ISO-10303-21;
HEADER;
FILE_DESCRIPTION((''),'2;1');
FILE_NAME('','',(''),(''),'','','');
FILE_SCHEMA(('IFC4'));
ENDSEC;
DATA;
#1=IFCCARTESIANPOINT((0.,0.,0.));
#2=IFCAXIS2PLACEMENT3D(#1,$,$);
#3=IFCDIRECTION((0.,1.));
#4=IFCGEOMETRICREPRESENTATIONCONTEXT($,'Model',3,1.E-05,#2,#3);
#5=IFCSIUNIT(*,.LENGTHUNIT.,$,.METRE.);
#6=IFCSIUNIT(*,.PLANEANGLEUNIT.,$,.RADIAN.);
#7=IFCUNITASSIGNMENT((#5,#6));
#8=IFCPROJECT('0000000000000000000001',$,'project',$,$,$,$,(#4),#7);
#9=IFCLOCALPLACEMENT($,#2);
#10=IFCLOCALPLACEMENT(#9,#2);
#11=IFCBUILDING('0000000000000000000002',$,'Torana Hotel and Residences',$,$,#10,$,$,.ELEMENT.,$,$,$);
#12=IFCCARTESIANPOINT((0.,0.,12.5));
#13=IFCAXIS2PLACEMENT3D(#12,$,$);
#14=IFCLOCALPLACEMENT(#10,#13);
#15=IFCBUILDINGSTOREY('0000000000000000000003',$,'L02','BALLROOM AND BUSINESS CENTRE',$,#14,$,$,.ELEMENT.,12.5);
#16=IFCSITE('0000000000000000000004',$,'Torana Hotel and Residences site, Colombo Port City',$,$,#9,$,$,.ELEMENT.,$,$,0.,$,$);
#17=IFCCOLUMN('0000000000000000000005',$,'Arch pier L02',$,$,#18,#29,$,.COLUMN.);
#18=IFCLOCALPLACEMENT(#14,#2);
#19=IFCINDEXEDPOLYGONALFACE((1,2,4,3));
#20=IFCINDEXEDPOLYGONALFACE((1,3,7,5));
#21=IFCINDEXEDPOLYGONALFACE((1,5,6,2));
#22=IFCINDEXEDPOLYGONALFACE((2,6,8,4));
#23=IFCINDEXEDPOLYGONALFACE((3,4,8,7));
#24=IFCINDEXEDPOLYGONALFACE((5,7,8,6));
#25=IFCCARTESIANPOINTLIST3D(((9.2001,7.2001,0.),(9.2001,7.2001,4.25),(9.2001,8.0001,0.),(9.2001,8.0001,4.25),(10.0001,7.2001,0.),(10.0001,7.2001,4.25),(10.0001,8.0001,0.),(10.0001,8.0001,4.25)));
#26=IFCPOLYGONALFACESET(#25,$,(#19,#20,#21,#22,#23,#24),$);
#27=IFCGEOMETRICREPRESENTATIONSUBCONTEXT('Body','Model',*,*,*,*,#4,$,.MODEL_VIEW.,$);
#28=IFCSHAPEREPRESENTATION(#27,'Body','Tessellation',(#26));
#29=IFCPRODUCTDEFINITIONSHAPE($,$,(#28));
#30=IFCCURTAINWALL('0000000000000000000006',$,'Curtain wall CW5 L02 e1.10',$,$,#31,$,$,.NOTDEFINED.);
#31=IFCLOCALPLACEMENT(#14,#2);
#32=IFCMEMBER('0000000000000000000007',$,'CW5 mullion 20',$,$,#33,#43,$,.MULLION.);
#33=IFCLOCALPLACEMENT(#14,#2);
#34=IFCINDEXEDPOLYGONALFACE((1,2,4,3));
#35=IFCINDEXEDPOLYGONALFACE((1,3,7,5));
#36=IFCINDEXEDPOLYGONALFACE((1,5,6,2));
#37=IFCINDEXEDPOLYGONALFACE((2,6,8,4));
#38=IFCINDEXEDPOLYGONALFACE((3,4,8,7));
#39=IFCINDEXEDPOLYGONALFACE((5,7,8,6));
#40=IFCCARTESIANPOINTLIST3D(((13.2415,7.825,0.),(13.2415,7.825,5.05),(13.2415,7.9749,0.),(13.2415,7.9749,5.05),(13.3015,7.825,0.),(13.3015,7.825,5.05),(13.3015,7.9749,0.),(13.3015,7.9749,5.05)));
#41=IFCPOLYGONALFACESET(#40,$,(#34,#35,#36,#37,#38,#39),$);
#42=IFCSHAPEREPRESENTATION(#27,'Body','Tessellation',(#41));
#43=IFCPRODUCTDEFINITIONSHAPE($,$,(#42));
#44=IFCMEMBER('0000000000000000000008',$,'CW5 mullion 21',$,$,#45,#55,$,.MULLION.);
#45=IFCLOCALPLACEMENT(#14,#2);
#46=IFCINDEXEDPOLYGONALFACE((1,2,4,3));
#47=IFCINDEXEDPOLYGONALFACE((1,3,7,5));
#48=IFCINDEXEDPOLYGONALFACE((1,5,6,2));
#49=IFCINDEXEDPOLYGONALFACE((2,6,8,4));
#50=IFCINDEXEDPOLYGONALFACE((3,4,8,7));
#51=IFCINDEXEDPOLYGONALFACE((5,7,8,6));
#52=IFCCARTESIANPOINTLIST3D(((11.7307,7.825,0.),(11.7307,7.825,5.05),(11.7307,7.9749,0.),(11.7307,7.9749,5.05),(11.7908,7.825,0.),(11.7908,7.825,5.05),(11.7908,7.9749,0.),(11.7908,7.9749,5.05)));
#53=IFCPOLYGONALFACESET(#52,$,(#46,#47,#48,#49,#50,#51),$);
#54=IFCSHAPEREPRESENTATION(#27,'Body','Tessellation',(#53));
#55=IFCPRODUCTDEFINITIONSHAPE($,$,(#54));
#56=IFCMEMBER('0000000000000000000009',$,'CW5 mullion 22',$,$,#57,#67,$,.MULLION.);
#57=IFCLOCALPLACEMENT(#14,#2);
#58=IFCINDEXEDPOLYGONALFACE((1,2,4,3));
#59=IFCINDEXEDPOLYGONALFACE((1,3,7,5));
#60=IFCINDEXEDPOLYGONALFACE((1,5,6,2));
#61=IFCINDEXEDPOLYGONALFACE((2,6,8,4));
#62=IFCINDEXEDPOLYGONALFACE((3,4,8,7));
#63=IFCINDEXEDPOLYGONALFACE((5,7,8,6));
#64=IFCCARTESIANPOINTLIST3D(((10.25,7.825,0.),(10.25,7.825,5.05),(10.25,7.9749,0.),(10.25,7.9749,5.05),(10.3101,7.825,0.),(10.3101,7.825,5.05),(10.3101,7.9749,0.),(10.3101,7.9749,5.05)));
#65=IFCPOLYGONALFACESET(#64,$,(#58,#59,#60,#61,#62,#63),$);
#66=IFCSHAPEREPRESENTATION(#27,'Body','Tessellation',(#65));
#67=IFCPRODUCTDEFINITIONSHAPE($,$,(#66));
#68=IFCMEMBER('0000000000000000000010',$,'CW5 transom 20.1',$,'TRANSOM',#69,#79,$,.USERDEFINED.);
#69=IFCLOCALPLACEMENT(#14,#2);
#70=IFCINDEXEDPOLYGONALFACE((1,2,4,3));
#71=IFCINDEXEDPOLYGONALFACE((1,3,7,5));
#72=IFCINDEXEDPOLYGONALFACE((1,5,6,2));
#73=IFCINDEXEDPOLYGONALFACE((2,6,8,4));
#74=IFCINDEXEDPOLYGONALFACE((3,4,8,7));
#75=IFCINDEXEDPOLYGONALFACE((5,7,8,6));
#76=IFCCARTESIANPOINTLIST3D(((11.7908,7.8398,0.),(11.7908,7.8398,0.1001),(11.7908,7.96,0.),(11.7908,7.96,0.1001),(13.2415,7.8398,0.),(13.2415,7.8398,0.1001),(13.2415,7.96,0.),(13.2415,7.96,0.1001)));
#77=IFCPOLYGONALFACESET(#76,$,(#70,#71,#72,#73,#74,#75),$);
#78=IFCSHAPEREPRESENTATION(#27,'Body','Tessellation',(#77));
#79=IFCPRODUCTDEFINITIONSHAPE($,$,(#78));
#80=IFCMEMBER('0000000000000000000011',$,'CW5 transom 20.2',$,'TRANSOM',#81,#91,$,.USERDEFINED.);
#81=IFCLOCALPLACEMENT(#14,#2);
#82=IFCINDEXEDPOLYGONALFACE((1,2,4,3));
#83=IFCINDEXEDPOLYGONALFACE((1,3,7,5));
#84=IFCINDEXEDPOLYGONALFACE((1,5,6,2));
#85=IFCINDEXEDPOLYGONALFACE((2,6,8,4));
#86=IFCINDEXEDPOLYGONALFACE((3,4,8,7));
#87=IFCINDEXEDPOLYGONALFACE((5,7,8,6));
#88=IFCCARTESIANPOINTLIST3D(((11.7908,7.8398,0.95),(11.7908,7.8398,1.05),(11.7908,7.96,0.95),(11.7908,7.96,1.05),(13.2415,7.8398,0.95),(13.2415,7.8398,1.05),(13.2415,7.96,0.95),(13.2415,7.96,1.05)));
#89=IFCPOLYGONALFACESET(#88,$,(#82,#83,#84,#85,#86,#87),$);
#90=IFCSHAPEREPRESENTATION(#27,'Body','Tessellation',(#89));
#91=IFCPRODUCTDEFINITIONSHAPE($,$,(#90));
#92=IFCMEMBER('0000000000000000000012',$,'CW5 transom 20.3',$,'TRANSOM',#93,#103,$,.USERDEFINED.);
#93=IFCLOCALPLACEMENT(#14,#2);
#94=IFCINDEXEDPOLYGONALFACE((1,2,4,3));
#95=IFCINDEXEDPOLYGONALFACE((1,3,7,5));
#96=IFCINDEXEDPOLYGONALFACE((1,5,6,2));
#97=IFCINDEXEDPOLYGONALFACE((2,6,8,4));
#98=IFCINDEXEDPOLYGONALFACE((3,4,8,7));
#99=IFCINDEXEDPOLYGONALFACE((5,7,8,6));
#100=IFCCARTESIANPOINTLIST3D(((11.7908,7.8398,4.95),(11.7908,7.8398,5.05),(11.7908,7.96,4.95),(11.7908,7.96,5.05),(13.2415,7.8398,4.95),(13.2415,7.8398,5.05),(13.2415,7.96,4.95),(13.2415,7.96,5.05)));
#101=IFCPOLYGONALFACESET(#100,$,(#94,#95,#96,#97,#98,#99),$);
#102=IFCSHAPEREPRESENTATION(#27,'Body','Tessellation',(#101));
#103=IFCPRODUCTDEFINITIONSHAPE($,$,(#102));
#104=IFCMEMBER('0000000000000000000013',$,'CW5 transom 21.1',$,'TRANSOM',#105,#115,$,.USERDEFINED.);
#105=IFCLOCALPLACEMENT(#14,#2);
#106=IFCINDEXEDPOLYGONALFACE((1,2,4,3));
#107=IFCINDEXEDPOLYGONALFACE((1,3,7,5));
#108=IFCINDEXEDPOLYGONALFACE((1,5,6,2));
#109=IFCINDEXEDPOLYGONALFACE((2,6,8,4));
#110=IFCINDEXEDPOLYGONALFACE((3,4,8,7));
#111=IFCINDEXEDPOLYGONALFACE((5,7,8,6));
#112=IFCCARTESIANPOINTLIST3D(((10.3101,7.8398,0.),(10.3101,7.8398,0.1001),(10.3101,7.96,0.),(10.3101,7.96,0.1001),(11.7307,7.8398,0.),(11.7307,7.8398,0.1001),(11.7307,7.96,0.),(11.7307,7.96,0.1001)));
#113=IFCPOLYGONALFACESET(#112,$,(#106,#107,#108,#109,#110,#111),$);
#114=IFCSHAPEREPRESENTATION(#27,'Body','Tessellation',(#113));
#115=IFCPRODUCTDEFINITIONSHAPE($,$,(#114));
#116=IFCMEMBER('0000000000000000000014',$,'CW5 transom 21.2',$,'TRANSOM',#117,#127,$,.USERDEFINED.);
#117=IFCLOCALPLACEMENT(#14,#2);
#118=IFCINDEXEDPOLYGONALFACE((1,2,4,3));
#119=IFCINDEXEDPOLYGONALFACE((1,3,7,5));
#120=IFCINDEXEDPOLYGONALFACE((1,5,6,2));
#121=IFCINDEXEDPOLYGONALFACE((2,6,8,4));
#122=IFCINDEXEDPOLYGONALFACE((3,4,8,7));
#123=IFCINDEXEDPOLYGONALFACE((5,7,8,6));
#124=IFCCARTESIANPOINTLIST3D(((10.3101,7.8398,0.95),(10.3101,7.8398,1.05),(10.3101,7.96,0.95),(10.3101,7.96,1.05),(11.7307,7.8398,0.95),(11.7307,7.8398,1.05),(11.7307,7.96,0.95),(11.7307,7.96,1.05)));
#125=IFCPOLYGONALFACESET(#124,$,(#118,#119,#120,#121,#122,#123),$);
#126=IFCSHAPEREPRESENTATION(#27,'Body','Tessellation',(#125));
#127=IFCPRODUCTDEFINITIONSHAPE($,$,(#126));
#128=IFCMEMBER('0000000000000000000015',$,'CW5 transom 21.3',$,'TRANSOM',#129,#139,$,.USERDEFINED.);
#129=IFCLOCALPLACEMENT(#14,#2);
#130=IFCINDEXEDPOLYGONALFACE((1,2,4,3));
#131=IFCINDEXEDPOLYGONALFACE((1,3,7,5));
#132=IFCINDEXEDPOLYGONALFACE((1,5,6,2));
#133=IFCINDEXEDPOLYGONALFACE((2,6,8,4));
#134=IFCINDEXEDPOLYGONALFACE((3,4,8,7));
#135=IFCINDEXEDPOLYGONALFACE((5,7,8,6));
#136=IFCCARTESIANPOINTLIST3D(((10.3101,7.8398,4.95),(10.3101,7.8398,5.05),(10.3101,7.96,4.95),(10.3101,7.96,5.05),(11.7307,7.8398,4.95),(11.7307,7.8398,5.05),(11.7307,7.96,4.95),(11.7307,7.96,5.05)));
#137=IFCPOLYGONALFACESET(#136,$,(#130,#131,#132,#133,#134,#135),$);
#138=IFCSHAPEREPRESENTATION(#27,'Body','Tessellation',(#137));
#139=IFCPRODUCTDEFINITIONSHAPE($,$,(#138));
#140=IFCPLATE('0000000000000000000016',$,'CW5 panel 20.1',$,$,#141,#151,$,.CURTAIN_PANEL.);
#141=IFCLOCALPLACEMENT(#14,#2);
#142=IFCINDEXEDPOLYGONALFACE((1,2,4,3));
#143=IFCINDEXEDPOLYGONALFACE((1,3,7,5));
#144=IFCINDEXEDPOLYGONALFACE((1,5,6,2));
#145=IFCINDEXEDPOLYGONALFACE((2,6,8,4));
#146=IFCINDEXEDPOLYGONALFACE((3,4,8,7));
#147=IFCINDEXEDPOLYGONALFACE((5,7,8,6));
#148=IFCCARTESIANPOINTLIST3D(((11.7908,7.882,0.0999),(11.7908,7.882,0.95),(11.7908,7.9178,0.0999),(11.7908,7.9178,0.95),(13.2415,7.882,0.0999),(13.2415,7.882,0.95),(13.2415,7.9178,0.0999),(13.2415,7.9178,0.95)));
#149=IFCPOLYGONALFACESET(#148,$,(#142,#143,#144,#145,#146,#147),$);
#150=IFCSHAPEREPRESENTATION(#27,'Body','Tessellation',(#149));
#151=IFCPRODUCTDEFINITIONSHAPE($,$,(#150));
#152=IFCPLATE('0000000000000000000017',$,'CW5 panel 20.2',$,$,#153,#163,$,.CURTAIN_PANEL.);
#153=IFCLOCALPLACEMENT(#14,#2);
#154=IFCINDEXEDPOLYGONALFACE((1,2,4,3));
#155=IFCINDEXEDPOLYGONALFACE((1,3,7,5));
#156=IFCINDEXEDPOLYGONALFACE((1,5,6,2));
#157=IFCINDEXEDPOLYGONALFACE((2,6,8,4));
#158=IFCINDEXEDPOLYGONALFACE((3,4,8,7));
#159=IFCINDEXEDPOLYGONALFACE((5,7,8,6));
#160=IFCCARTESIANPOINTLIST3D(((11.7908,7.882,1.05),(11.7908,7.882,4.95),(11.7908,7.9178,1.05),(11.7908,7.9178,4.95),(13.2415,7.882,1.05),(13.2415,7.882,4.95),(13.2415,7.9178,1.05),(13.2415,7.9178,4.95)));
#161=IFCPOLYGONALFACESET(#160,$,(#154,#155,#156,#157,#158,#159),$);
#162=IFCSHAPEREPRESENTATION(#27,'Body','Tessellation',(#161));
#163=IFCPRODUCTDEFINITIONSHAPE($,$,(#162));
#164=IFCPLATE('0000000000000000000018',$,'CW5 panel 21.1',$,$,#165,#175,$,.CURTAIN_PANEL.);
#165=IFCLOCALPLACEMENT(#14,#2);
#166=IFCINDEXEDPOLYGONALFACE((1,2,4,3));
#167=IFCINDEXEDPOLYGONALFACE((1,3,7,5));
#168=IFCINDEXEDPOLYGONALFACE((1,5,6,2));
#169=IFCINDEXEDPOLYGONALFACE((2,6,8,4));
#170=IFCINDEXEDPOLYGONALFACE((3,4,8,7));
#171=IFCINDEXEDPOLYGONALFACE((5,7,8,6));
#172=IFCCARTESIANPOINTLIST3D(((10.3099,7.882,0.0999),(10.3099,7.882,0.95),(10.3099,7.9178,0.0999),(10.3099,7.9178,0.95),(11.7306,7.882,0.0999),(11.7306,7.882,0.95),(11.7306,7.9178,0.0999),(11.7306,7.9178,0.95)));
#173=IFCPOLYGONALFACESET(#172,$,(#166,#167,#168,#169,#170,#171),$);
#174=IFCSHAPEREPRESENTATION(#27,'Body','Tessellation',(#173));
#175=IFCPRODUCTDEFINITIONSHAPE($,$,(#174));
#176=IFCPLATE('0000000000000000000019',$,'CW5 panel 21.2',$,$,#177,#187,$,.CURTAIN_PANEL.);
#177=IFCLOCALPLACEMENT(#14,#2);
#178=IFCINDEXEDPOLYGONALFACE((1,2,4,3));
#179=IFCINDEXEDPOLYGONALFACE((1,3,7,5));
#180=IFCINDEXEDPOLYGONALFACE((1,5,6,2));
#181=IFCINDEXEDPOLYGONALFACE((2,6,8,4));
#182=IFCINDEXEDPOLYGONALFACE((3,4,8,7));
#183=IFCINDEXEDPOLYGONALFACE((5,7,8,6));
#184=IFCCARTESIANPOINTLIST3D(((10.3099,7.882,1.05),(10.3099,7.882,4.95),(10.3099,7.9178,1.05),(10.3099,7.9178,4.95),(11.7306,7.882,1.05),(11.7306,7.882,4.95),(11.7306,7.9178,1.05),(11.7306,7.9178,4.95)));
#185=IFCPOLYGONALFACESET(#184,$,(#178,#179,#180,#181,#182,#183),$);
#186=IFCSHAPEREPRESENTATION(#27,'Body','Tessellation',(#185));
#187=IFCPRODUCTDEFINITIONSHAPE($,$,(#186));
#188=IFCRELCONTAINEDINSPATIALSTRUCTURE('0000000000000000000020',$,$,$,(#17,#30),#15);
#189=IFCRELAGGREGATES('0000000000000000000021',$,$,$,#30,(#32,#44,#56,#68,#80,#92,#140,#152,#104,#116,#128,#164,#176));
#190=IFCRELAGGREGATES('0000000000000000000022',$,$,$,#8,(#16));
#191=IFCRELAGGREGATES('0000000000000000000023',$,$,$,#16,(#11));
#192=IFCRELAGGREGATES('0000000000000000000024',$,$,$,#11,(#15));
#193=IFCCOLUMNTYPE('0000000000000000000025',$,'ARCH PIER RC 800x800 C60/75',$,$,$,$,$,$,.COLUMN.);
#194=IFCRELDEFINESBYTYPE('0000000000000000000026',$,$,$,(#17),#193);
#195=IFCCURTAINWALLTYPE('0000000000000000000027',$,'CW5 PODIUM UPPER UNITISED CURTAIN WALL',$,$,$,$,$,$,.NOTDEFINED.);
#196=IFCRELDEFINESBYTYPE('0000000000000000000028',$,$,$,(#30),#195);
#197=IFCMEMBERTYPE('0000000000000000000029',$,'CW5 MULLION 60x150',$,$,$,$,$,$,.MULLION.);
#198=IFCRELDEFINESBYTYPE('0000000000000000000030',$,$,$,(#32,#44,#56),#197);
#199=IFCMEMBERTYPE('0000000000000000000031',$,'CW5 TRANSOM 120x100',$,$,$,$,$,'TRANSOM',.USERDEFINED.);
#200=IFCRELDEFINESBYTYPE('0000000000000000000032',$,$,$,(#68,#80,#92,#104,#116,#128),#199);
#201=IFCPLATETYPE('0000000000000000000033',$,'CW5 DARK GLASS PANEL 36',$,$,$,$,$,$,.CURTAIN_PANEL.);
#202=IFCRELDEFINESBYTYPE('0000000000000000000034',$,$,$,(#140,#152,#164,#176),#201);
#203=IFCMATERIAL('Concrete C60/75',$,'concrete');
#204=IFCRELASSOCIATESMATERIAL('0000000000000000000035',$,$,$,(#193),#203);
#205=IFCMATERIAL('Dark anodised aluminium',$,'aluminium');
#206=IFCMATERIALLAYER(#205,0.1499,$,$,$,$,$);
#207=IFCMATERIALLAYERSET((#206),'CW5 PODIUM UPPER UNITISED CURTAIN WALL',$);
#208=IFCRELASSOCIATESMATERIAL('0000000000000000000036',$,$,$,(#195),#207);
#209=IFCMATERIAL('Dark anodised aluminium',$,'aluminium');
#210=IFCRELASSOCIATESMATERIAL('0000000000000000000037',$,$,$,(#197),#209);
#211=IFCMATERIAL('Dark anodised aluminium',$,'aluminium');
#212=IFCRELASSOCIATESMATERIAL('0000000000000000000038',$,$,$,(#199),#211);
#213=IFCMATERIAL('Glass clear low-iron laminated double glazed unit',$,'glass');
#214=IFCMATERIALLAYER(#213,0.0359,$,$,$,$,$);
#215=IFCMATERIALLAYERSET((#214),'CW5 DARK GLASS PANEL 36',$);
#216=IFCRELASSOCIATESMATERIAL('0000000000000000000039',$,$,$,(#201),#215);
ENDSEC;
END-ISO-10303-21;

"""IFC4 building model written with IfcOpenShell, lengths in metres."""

from ifc_helpers import new_model, si_unit, direction, frame, origin, origin_2d, place, context, subcontext, project, spatial, rectangle, extrude, material, layer, layer_set, material_profile, profile_set, type_object, element, aggregate, save


model = new_model("IFC4")

# Units and contexts
model_context = context("Model", 3, precision=1e-05, world=origin(), true_north=direction((0.0, 1.0)))
body_context = subcontext(model_context, "Body", "Model", "MODEL_VIEW")
ifc_project = project(units=[si_unit("LENGTHUNIT", "METRE"), si_unit("PLANEANGLEUNIT", "RADIAN")], contexts=[model_context])

# Site, building, storey
site_placement = place(None, origin())
site = spatial("IfcSite", under=ifc_project, at=site_placement, Name="Torana Hotel and Residences site, Colombo Port City", CompositionType="ELEMENT", RefElevation=0.0)
building_placement = place(site_placement, origin())
building = spatial("IfcBuilding", under=site, at=building_placement, Name="Torana Hotel and Residences", CompositionType="ELEMENT")
storey_placement = place(building_placement, frame((0.0, 0.0, 12.5)))
storey = spatial("IfcBuildingStorey", under=building, at=storey_placement, Name="L02", Description="BALLROOM AND BUSINESS CENTRE", CompositionType="ELEMENT", Elevation=12.5)

# Column
ifc_material_1 = material(Name="Concrete C60/75", Category="concrete")
ifc_material_profile_1 = material_profile(ifc_material_1, rectangle(XDim=0.8, YDim=0.8, at=origin_2d()), Name="RC 800x800")
ifc_profile_set_1 = profile_set([ifc_material_profile_1], Name="Concrete C60/75")
column_type = type_object("IfcColumnType", Name="ARCH PIER RC 800x800 C60/75", PredefinedType="COLUMN", material=ifc_profile_set_1)
column_placement = place(storey_placement, frame((9.6001, 7.6001, 0.0), z_axis=(0.0, 0.0, 1.0), x_axis=(1.0, 0.0, 0.0)))
element("IfcColumn", 1, at=column_placement, inside=storey, type_object=column_type, Name="Arch pier L02", PredefinedType="COLUMN", context=body_context, shape_type="SweptSolid", body=[
    extrude(rectangle(XDim=0.8, YDim=0.8, at=origin_2d()), origin(), (0.0, 0.0, 1.0), 4.25),
])

# Curtain wall, members, plates
ifc_material_2 = material(Name="Dark anodised aluminium", Category="aluminium")
ifc_layer_1 = layer(ifc_material_2, 0.1499)
ifc_layer_set_1 = layer_set([ifc_layer_1], Name="CW5 PODIUM UPPER UNITISED CURTAIN WALL")
curtain_wall_type = type_object("IfcCurtainWallType", Name="CW5 PODIUM UPPER UNITISED CURTAIN WALL", PredefinedType="NOTDEFINED", material=ifc_layer_set_1)
curtain_wall_placement = place(storey_placement, origin())
curtain_wall = element("IfcCurtainWall", 2, at=curtain_wall_placement, inside=storey, type_object=curtain_wall_type, Name="Curtain wall CW5 L02 e1.10", PredefinedType="NOTDEFINED")
ifc_material_3 = material(Name="Dark anodised aluminium", Category="aluminium")
ifc_material_profile_2 = material_profile(ifc_material_3, rectangle(XDim=0.1499, YDim=0.0601, at=origin_2d()), Name="CW5 MULLION 60x150")
ifc_profile_set_2 = profile_set([ifc_material_profile_2], Name="Dark anodised aluminium")
member_type_1 = type_object("IfcMemberType", Name="CW5 MULLION 60x150", PredefinedType="MULLION", material=ifc_profile_set_2)
member_1_placement = place(storey_placement, frame((13.2715, 7.8999, 0.0), z_axis=(0.0, 0.0, 1.0), x_axis=(0.0, -1.0, 0.0)))
member_1 = element("IfcMember", 3, at=member_1_placement, type_object=member_type_1, Name="CW5 mullion 20", PredefinedType="MULLION", context=body_context, shape_type="SweptSolid", body=[
    extrude(rectangle(XDim=0.1499, YDim=0.0601, at=origin_2d()), origin(), (0.0, 0.0, 1.0), 5.05),
])
member_2_placement = place(storey_placement, frame((11.7607, 7.8999, 0.0), z_axis=(0.0, 0.0, 1.0), x_axis=(0.0, -1.0, 0.0)))
member_2 = element("IfcMember", 4, at=member_2_placement, type_object=member_type_1, Name="CW5 mullion 21", PredefinedType="MULLION", context=body_context, shape_type="SweptSolid", body=[
    extrude(rectangle(XDim=0.1499, YDim=0.0601, at=origin_2d()), origin(), (0.0, 0.0, 1.0), 5.05),
])
member_3_placement = place(storey_placement, frame((10.28, 7.8999, 0.0), z_axis=(0.0, 0.0, 1.0), x_axis=(0.0, -1.0, 0.0)))
member_3 = element("IfcMember", 5, at=member_3_placement, type_object=member_type_1, Name="CW5 mullion 22", PredefinedType="MULLION", context=body_context, shape_type="SweptSolid", body=[
    extrude(rectangle(XDim=0.1499, YDim=0.0601, at=origin_2d()), origin(), (0.0, 0.0, 1.0), 5.05),
])
ifc_material_4 = material(Name="Dark anodised aluminium", Category="aluminium")
ifc_material_profile_3 = material_profile(ifc_material_4, rectangle(XDim=0.1201, YDim=0.1001, at=origin_2d()), Name="CW5 TRANSOM 120x100")
ifc_profile_set_3 = profile_set([ifc_material_profile_3], Name="Dark anodised aluminium")
member_type_2 = type_object("IfcMemberType", Name="CW5 TRANSOM 120x100", ElementType="TRANSOM", PredefinedType="USERDEFINED", material=ifc_profile_set_3)
member_4_placement = place(storey_placement, frame((13.2415, 7.8999, 0.05), z_axis=(-1.0, 0.0, 0.0), x_axis=(0.0, -1.0, 0.0)))
member_4 = element("IfcMember", 6, at=member_4_placement, type_object=member_type_2, Name="CW5 transom 20.1", ObjectType="TRANSOM", PredefinedType="USERDEFINED", context=body_context, shape_type="SweptSolid", body=[
    extrude(rectangle(XDim=0.1201, YDim=0.1001, at=origin_2d()), origin(), (0.0, 0.0, 1.0), 1.4507),
])
member_5_placement = place(storey_placement, frame((13.2415, 7.8999, 1.0), z_axis=(-1.0, 0.0, 0.0), x_axis=(0.0, -1.0, 0.0)))
member_5 = element("IfcMember", 7, at=member_5_placement, type_object=member_type_2, Name="CW5 transom 20.2", ObjectType="TRANSOM", PredefinedType="USERDEFINED", context=body_context, shape_type="SweptSolid", body=[
    extrude(rectangle(XDim=0.1201, YDim=0.1001, at=origin_2d()), origin(), (0.0, 0.0, 1.0), 1.4507),
])
member_6_placement = place(storey_placement, frame((13.2415, 7.8999, 5.0), z_axis=(-1.0, 0.0, 0.0), x_axis=(0.0, -1.0, 0.0)))
member_6 = element("IfcMember", 8, at=member_6_placement, type_object=member_type_2, Name="CW5 transom 20.3", ObjectType="TRANSOM", PredefinedType="USERDEFINED", context=body_context, shape_type="SweptSolid", body=[
    extrude(rectangle(XDim=0.1201, YDim=0.1001, at=origin_2d()), origin(), (0.0, 0.0, 1.0), 1.4507),
])
member_7_placement = place(storey_placement, frame((11.7307, 7.8999, 0.05), z_axis=(-1.0, 0.0, 0.0), x_axis=(0.0, -1.0, 0.0)))
member_7 = element("IfcMember", 9, at=member_7_placement, type_object=member_type_2, Name="CW5 transom 21.1", ObjectType="TRANSOM", PredefinedType="USERDEFINED", context=body_context, shape_type="SweptSolid", body=[
    extrude(rectangle(XDim=0.1201, YDim=0.1001, at=origin_2d()), origin(), (0.0, 0.0, 1.0), 1.4207),
])
member_8_placement = place(storey_placement, frame((11.7307, 7.8999, 1.0), z_axis=(-1.0, 0.0, 0.0), x_axis=(0.0, -1.0, 0.0)))
member_8 = element("IfcMember", 10, at=member_8_placement, type_object=member_type_2, Name="CW5 transom 21.2", ObjectType="TRANSOM", PredefinedType="USERDEFINED", context=body_context, shape_type="SweptSolid", body=[
    extrude(rectangle(XDim=0.1201, YDim=0.1001, at=origin_2d()), origin(), (0.0, 0.0, 1.0), 1.4207),
])
member_9_placement = place(storey_placement, frame((11.7307, 7.8999, 5.0), z_axis=(-1.0, 0.0, 0.0), x_axis=(0.0, -1.0, 0.0)))
member_9 = element("IfcMember", 11, at=member_9_placement, type_object=member_type_2, Name="CW5 transom 21.3", ObjectType="TRANSOM", PredefinedType="USERDEFINED", context=body_context, shape_type="SweptSolid", body=[
    extrude(rectangle(XDim=0.1201, YDim=0.1001, at=origin_2d()), origin(), (0.0, 0.0, 1.0), 1.4207),
])
ifc_material_5 = material(Name="Glass clear low-iron laminated double glazed unit", Category="glass")
ifc_layer_2 = layer(ifc_material_5, 0.0359)
ifc_layer_set_2 = layer_set([ifc_layer_2], Name="CW5 DARK GLASS PANEL 36")
plate_type = type_object("IfcPlateType", Name="CW5 DARK GLASS PANEL 36", PredefinedType="CURTAIN_PANEL", material=ifc_layer_set_2)
plate_1_placement = place(storey_placement, frame((12.5161, 7.8999, 0.0999), z_axis=(0.0, 0.0, 1.0), x_axis=(-1.0, 0.0, 0.0)))
plate_1 = element("IfcPlate", 12, at=plate_1_placement, type_object=plate_type, Name="CW5 panel 20.1", PredefinedType="CURTAIN_PANEL", context=body_context, shape_type="SweptSolid", body=[
    extrude(rectangle(XDim=1.4507, YDim=0.0359, at=origin_2d()), origin(), (0.0, 0.0, 1.0), 0.8501),
])
plate_2_placement = place(storey_placement, frame((12.5161, 7.8999, 1.05), z_axis=(0.0, 0.0, 1.0), x_axis=(-1.0, 0.0, 0.0)))
plate_2 = element("IfcPlate", 13, at=plate_2_placement, type_object=plate_type, Name="CW5 panel 20.2", PredefinedType="CURTAIN_PANEL", context=body_context, shape_type="SweptSolid", body=[
    extrude(rectangle(XDim=1.4507, YDim=0.0359, at=origin_2d()), origin(), (0.0, 0.0, 1.0), 3.8999),
])
plate_3_placement = place(storey_placement, frame((11.0203, 7.8999, 0.0999), z_axis=(0.0, 0.0, 1.0), x_axis=(-1.0, 0.0, 0.0)))
plate_3 = element("IfcPlate", 14, at=plate_3_placement, type_object=plate_type, Name="CW5 panel 21.1", PredefinedType="CURTAIN_PANEL", context=body_context, shape_type="SweptSolid", body=[
    extrude(rectangle(XDim=1.4207, YDim=0.0359, at=origin_2d()), origin(), (0.0, 0.0, 1.0), 0.8501),
])
plate_4_placement = place(storey_placement, frame((11.0203, 7.8999, 1.05), z_axis=(0.0, 0.0, 1.0), x_axis=(-1.0, 0.0, 0.0)))
plate_4 = element("IfcPlate", 15, at=plate_4_placement, type_object=plate_type, Name="CW5 panel 21.2", PredefinedType="CURTAIN_PANEL", context=body_context, shape_type="SweptSolid", body=[
    extrude(rectangle(XDim=1.4207, YDim=0.0359, at=origin_2d()), origin(), (0.0, 0.0, 1.0), 3.8999),
])
aggregate(curtain_wall, [member_1, member_2, member_3, member_4, member_5, member_6, plate_1, plate_2, member_7, member_8, member_9, plate_3, plate_4])

save(model, "model.ifc")
